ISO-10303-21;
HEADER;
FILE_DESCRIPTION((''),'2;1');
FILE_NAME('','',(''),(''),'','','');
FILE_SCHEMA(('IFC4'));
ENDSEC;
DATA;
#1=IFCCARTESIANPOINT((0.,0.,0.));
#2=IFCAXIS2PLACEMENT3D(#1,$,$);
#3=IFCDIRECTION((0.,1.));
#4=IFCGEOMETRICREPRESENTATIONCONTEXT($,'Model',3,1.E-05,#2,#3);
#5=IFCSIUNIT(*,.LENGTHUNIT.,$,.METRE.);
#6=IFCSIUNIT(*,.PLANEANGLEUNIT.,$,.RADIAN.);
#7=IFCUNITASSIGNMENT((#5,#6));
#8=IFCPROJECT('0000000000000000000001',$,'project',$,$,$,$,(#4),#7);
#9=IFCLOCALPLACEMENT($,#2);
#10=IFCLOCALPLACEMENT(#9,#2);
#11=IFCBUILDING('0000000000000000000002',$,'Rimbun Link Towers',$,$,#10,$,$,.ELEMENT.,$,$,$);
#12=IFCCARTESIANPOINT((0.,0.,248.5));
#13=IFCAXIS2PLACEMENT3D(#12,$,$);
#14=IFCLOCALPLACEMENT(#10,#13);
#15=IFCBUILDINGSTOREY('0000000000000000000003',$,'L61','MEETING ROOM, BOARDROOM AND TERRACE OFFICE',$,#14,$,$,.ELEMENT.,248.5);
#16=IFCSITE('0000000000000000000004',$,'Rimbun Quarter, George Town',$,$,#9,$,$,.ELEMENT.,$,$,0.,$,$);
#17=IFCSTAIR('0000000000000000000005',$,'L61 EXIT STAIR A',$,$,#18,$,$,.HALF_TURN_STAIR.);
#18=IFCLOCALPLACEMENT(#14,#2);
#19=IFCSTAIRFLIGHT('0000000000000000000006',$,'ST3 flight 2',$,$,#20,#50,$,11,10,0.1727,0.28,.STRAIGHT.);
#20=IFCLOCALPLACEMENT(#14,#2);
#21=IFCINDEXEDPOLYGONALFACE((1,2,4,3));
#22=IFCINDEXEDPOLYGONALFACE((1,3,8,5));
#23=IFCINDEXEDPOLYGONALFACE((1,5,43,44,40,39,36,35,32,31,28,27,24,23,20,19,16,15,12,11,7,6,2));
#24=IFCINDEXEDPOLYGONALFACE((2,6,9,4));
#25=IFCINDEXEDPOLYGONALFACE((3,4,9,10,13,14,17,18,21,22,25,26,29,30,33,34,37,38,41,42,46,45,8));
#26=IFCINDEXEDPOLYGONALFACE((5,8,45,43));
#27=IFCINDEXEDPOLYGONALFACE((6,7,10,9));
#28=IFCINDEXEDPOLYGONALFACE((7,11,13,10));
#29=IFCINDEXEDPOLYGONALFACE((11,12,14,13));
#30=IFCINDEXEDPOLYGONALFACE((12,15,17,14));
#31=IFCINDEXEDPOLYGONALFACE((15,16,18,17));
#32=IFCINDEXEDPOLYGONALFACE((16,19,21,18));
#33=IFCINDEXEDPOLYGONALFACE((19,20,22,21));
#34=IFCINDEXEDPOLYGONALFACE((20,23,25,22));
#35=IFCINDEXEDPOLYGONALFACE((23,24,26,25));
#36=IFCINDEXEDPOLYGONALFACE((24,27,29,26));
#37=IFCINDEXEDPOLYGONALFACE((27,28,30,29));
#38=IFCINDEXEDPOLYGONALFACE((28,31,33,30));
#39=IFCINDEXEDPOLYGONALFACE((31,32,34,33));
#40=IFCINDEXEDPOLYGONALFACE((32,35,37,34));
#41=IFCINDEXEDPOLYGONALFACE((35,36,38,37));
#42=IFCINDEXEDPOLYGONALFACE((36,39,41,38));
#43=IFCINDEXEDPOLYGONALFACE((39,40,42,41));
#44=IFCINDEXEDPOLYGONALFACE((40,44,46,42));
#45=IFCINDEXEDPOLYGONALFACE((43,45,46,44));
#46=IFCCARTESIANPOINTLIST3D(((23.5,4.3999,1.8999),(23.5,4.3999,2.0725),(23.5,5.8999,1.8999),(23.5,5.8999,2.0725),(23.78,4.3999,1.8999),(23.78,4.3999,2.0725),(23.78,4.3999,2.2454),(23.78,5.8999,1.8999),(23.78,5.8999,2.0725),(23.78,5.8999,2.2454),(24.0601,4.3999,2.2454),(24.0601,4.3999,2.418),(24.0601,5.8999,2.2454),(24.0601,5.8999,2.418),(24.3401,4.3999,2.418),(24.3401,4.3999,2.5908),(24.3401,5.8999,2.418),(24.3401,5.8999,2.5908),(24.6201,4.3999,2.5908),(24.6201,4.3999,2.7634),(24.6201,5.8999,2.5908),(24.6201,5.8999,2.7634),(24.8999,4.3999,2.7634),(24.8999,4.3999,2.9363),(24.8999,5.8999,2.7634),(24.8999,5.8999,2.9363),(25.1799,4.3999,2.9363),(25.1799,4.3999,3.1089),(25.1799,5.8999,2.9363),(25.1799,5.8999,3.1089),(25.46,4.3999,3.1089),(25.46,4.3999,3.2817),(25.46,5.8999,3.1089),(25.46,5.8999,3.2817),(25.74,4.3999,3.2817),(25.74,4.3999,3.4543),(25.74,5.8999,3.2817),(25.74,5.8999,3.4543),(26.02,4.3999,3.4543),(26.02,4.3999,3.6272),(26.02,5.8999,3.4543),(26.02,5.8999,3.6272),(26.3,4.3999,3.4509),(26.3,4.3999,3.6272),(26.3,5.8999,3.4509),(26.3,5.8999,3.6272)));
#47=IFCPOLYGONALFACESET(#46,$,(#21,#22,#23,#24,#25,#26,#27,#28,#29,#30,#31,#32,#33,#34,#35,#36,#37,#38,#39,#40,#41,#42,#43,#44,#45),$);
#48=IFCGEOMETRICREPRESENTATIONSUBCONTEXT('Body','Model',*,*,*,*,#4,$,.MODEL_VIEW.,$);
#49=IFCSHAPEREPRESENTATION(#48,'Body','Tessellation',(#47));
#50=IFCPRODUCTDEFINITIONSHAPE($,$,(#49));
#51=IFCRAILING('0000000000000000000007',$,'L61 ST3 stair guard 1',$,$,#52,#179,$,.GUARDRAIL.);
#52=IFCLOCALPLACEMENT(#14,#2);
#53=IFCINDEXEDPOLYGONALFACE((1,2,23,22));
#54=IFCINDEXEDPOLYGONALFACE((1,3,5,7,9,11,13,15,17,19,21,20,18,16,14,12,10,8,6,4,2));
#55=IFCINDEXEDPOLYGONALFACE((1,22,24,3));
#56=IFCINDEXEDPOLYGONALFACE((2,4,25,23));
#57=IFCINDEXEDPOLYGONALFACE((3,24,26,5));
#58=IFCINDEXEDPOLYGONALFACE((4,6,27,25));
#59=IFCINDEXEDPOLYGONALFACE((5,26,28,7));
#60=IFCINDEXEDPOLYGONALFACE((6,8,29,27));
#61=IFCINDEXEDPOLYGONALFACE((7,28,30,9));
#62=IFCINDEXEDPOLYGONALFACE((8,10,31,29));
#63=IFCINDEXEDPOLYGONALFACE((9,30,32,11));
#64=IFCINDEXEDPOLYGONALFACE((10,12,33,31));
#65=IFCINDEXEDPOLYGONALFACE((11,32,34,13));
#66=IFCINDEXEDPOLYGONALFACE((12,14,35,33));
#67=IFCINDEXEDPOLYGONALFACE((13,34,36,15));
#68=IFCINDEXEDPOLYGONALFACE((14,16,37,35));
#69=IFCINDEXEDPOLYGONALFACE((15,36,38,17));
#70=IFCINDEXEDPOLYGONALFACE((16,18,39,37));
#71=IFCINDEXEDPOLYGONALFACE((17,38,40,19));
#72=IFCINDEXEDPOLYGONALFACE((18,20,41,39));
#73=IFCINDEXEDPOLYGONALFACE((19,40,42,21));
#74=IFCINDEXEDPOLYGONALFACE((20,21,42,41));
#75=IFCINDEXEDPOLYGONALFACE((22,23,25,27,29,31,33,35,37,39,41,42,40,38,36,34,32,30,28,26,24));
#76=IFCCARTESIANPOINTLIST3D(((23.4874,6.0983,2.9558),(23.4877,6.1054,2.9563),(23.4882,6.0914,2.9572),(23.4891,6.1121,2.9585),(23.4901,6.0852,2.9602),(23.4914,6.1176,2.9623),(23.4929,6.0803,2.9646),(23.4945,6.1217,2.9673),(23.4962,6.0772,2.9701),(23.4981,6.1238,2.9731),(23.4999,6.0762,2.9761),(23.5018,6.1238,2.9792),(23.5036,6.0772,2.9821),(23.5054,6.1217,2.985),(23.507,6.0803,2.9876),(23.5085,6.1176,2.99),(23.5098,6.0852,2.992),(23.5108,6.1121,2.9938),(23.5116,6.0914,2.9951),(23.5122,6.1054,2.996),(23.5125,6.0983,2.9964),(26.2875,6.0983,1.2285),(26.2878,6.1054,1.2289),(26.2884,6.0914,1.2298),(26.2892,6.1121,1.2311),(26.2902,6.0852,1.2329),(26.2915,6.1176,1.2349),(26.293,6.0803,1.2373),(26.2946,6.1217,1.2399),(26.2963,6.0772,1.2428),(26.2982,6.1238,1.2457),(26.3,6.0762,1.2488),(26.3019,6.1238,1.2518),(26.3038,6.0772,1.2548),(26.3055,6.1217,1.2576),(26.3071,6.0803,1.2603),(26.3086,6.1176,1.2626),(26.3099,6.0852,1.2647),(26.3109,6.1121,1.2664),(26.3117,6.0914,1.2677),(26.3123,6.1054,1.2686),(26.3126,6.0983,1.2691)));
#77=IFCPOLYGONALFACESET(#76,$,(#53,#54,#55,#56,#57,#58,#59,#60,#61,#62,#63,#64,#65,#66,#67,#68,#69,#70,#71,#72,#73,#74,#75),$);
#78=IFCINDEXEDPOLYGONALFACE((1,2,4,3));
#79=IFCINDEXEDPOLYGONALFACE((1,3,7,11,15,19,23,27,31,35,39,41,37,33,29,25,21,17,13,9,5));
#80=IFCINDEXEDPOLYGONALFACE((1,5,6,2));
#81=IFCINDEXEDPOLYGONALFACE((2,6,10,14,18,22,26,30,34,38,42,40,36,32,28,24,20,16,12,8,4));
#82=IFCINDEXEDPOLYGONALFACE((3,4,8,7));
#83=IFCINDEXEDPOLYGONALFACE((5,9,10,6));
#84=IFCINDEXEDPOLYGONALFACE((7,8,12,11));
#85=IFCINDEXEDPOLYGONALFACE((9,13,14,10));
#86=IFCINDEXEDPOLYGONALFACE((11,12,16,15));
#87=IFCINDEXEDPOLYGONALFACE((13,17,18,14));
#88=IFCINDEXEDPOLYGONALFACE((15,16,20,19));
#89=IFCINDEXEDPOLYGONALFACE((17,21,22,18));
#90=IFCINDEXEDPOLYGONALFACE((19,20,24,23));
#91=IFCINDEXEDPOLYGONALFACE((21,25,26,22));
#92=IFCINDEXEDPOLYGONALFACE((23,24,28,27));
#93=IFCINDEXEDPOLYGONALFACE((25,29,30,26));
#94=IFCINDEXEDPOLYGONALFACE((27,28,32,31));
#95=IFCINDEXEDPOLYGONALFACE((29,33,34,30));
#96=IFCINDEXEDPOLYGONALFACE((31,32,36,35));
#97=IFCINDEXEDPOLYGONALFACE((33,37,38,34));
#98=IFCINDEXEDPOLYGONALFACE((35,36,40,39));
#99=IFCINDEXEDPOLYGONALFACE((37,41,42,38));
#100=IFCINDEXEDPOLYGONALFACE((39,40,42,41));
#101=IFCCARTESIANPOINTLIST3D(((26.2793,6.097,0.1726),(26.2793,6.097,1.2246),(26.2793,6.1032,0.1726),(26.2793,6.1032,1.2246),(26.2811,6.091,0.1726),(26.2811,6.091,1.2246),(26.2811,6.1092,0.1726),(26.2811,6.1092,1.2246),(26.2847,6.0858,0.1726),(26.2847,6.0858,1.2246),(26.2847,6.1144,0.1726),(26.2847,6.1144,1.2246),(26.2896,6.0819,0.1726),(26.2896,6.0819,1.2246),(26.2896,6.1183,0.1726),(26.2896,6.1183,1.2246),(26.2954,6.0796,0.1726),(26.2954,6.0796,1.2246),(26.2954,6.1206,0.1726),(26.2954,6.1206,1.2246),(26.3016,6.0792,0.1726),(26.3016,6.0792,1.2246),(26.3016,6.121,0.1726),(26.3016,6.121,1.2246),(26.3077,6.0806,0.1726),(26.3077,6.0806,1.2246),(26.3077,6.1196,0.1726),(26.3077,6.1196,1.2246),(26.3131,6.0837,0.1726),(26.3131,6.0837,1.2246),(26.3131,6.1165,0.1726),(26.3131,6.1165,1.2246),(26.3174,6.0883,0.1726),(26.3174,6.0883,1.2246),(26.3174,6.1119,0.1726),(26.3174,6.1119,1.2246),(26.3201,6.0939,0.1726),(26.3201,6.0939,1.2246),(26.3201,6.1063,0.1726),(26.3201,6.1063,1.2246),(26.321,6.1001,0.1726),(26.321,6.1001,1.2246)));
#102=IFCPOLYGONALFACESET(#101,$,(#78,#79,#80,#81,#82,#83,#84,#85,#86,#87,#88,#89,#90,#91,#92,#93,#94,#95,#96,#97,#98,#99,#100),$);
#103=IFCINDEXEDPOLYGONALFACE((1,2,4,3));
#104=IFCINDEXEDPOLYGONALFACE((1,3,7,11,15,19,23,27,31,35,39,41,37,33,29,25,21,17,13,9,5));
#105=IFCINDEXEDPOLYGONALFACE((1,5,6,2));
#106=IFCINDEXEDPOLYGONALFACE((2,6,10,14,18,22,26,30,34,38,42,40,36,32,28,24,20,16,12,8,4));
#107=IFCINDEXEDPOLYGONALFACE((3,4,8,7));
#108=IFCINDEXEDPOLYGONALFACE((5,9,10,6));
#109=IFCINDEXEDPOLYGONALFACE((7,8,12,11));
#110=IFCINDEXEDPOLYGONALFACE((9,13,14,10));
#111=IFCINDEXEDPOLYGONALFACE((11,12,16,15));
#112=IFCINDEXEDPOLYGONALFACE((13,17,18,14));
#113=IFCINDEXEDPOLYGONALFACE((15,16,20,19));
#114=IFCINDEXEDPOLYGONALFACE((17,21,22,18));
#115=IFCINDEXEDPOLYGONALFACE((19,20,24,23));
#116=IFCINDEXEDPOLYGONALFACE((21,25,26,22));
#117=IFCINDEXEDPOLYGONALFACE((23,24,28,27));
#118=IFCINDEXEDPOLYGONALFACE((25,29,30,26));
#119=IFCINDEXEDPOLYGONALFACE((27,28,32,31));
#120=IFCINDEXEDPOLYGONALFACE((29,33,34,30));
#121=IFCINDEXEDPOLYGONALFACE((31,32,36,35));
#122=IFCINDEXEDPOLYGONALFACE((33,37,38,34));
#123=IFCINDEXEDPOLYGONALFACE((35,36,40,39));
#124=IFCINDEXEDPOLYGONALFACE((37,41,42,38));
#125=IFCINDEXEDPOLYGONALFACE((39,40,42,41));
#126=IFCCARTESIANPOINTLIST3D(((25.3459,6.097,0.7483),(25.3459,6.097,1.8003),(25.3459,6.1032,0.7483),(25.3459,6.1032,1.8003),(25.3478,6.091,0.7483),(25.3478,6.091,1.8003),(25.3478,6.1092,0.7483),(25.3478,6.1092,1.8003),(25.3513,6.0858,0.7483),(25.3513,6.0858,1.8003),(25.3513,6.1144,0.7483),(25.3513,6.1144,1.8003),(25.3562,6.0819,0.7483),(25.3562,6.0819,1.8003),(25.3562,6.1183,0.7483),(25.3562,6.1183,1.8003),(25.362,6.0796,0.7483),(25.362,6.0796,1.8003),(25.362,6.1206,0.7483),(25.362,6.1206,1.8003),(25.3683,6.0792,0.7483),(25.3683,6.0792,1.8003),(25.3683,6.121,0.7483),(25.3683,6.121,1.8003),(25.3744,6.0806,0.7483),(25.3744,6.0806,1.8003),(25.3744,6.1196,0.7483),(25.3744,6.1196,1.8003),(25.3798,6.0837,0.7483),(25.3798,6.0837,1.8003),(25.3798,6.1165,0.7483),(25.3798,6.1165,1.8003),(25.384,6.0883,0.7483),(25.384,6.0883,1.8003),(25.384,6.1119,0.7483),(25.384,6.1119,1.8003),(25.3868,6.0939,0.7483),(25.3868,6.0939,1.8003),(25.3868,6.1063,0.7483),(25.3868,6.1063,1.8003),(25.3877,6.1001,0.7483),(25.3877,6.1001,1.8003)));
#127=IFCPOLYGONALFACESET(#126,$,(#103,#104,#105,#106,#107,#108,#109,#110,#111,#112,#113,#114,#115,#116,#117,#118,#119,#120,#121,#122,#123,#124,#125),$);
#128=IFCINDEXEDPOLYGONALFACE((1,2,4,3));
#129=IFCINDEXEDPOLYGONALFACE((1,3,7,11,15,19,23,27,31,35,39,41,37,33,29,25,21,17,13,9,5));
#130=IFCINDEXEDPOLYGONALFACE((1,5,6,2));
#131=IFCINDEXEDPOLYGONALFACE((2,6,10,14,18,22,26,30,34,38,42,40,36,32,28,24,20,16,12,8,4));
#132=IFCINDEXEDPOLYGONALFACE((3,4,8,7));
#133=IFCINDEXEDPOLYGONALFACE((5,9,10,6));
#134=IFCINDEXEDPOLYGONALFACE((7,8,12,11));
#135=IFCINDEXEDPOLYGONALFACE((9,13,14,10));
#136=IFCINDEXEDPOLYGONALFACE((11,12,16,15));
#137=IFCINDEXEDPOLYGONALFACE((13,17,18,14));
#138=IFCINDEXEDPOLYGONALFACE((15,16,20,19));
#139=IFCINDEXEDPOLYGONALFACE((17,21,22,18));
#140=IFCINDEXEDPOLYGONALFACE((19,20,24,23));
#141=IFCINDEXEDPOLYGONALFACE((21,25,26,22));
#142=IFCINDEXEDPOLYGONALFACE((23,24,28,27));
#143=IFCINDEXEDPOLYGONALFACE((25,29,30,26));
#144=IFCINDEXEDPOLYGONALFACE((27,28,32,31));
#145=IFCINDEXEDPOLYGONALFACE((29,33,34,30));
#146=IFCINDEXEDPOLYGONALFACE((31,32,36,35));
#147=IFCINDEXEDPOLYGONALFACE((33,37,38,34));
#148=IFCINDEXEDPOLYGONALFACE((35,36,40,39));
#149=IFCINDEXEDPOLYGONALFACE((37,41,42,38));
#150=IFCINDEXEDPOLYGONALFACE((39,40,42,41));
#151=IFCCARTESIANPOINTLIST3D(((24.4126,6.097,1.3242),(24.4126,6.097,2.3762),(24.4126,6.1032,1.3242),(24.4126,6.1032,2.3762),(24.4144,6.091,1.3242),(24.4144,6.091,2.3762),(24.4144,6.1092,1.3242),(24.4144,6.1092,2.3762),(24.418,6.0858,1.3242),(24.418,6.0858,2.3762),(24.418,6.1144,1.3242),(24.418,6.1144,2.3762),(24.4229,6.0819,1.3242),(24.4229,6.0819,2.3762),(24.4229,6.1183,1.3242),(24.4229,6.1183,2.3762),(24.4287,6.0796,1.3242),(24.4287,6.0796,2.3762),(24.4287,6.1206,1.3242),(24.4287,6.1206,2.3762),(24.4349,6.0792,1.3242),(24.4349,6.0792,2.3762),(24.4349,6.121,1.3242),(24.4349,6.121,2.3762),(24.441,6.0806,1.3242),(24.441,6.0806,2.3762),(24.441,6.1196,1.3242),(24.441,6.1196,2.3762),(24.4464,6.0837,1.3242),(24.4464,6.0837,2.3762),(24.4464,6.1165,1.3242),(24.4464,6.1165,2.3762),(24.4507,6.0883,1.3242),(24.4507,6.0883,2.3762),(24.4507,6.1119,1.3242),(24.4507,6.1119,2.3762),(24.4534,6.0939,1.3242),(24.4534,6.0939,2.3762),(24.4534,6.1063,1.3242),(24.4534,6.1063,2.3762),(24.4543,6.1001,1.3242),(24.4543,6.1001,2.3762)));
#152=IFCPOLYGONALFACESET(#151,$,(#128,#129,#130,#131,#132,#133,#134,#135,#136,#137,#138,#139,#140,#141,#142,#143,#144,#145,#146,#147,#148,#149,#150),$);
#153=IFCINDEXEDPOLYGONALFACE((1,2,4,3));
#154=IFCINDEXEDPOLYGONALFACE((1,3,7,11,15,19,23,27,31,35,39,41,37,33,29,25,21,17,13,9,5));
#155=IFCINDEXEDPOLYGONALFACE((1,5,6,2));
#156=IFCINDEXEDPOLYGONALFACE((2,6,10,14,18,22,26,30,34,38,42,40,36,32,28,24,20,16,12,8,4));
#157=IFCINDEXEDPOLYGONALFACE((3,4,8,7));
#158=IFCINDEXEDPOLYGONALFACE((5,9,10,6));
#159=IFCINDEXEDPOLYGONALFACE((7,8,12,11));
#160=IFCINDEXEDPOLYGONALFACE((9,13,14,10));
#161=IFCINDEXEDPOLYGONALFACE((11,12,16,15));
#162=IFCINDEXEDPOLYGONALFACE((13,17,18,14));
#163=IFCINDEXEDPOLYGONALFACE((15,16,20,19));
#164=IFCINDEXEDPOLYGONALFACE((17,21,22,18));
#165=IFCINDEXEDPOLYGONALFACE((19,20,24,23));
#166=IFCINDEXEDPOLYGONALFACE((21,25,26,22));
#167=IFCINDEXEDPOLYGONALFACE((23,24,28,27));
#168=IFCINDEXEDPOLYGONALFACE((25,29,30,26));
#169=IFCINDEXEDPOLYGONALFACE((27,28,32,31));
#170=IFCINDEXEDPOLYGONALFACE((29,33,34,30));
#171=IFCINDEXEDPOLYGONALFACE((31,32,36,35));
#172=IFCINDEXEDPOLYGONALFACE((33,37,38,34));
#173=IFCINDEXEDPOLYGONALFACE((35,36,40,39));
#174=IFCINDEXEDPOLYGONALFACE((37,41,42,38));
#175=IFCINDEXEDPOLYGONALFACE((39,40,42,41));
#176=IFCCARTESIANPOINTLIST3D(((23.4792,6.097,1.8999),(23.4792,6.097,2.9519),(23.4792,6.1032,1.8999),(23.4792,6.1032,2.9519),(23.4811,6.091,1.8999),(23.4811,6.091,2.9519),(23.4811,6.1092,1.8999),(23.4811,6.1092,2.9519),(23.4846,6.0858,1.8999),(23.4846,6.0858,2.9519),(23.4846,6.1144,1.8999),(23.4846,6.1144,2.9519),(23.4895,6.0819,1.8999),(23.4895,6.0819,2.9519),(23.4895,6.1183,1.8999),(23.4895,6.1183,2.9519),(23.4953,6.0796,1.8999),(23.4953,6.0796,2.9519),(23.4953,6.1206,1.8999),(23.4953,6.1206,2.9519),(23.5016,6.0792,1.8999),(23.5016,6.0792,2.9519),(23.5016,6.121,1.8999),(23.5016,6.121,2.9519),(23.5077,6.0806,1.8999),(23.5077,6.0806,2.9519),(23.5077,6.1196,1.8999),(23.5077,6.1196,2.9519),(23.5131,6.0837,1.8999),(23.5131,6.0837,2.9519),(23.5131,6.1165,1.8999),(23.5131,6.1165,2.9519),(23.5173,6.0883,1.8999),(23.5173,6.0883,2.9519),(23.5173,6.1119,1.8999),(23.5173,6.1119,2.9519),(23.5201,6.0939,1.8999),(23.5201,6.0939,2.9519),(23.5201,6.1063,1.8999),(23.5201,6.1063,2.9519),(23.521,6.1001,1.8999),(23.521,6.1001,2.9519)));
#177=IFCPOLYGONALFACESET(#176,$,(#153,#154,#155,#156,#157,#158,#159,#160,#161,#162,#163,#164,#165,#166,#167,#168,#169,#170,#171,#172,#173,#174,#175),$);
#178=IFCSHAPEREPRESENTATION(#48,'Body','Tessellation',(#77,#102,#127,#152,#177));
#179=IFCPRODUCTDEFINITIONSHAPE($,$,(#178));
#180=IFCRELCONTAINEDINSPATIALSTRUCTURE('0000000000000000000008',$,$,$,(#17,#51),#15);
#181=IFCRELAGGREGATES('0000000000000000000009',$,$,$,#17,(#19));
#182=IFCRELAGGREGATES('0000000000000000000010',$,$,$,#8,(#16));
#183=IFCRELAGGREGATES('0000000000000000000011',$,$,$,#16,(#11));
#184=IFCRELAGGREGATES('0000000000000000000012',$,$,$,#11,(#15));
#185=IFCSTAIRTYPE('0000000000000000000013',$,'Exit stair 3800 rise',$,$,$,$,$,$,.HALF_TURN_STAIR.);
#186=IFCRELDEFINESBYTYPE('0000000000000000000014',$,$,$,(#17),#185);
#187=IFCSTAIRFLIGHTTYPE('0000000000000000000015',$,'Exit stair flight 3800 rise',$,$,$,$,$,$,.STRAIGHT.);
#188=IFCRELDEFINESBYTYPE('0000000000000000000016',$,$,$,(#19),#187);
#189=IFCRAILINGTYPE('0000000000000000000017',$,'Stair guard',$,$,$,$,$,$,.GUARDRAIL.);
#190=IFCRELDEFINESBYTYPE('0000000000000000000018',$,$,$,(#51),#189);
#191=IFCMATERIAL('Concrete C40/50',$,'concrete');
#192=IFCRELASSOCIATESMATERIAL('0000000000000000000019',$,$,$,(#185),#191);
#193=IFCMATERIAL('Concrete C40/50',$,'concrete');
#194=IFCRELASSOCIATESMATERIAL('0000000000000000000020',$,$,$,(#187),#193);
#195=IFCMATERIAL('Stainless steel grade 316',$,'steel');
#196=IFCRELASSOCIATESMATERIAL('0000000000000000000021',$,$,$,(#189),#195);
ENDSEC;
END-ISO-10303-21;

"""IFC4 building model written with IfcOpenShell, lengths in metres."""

from ifc_helpers import new_model, si_unit, direction, frame, origin, origin_2d, place, context, subcontext, project, spatial, polyline, circle, outline, extrude, material, type_object, element, aggregate, save


model = new_model("IFC4")

# Units and contexts
model_context = context("Model", 3, precision=1e-05, world=origin(), true_north=direction((0.0, 1.0)))
body_context = subcontext(model_context, "Body", "Model", "MODEL_VIEW")
ifc_project = project(units=[si_unit("LENGTHUNIT", "METRE"), si_unit("PLANEANGLEUNIT", "RADIAN")], contexts=[model_context])

# Site, building, storey
site_placement = place(None, origin())
site = spatial("IfcSite", under=ifc_project, at=site_placement, Name="Rimbun Quarter, George Town", CompositionType="ELEMENT", RefElevation=0.0)
building_placement = place(site_placement, origin())
building = spatial("IfcBuilding", under=site, at=building_placement, Name="Rimbun Link Towers", CompositionType="ELEMENT")
storey_placement = place(building_placement, frame((0.0, 0.0, 248.5)))
storey = spatial("IfcBuildingStorey", under=building, at=storey_placement, Name="L61", Description="MEETING ROOM, BOARDROOM AND TERRACE OFFICE", CompositionType="ELEMENT", Elevation=248.5)

# Stair, stair flight
ifc_material_1 = material(Name="Concrete C40/50", Category="concrete")
stair_type = type_object("IfcStairType", Name="Exit stair 3800 rise", PredefinedType="HALF_TURN_STAIR", material=ifc_material_1)
stair_placement = place(storey_placement, origin())
stair = element("IfcStair", 1, at=stair_placement, inside=storey, type_object=stair_type, Name="L61 EXIT STAIR A", PredefinedType="HALF_TURN_STAIR")
ifc_material_2 = material(Name="Concrete C40/50", Category="concrete")
stair_flight_type = type_object("IfcStairFlightType", Name="Exit stair flight 3800 rise", PredefinedType="STRAIGHT", material=ifc_material_2)
stair_flight_1_placement = place(storey_placement, frame((23.5, 5.1499, 1.8999), z_axis=(0.0, 0.0, 1.0), x_axis=(1.0, 0.0, 0.0)))
stair_flight_1 = element("IfcStairFlight", 2, at=stair_flight_1_placement, type_object=stair_flight_type, Name="ST3 flight 2", NumberOfRisers=11, NumberOfTreads=10, PredefinedType="STRAIGHT", RiserHeight=0.1727, TreadLength=0.28, context=body_context, shape_type="SweptSolid", body=[
    extrude(outline(polyline([(0.0, 0.0), (0.0, 0.1726), (0.28, 0.1726), (0.28, 0.3455), (0.5601, 0.3455), (0.5601, 0.5181), (0.8401, 0.5181), (0.8401, 0.6909), (1.1201, 0.6909), (1.1201, 0.8635), (1.3999, 0.8635), (1.3999, 1.0364), (1.6799, 1.0364), (1.6799, 1.209), (1.96, 1.209), (1.96, 1.3818), (2.24, 1.3818), (2.24, 1.5544), (2.52, 1.5544), (2.52, 1.7273), (2.8, 1.7273), (2.8, 1.8999), (2.8, 1.551), (0.28, 0.0), (0.0, 0.0)])), frame((0.0, 0.75, 0.0), z_axis=(0.0, -1.0, 0.0), x_axis=(1.0, 0.0, 0.0)), (0.0, 0.0, 1.0), 1.5),
])
aggregate(stair, [stair_flight_1])

# Railing
ifc_material_3 = material(Name="Stainless steel grade 316", Category="steel")
railing_type_1 = type_object("IfcRailingType", Name="Stair guard", PredefinedType="GUARDRAIL", material=ifc_material_3)
railing_1_placement = place(storey_placement, frame((26.3, 6.1001, 0.1726)))
element("IfcRailing", 3, at=railing_1_placement, inside=storey, type_object=railing_type_1, Name="L61 ST3 stair guard 1", PredefinedType="GUARDRAIL", context=body_context, shape_type="SweptSolid", body=[
    extrude(circle(Radius=0.0239, at=origin_2d()), frame((0.0, 0.0, 1.0762), z_axis=(-0.85109, 0.0, 0.52502), x_axis=(0.0, -1.0, 0.0)), (0.0, 0.0, 1.0), 3.29),
    extrude(circle(Radius=0.021, at=origin_2d()), origin(), (0.0, 0.0, 1.0), 1.052),
    extrude(circle(Radius=0.021, at=origin_2d()), frame((-0.9333, 0.0, 0.5757)), (0.0, 0.0, 1.0), 1.052),
    extrude(circle(Radius=0.021, at=origin_2d()), frame((-1.8667, 0.0, 1.1516)), (0.0, 0.0, 1.0), 1.052),
    extrude(circle(Radius=0.021, at=origin_2d()), frame((-2.8, 0.0, 1.7273)), (0.0, 0.0, 1.0), 1.052),
])

save(model, "model.ifc")
